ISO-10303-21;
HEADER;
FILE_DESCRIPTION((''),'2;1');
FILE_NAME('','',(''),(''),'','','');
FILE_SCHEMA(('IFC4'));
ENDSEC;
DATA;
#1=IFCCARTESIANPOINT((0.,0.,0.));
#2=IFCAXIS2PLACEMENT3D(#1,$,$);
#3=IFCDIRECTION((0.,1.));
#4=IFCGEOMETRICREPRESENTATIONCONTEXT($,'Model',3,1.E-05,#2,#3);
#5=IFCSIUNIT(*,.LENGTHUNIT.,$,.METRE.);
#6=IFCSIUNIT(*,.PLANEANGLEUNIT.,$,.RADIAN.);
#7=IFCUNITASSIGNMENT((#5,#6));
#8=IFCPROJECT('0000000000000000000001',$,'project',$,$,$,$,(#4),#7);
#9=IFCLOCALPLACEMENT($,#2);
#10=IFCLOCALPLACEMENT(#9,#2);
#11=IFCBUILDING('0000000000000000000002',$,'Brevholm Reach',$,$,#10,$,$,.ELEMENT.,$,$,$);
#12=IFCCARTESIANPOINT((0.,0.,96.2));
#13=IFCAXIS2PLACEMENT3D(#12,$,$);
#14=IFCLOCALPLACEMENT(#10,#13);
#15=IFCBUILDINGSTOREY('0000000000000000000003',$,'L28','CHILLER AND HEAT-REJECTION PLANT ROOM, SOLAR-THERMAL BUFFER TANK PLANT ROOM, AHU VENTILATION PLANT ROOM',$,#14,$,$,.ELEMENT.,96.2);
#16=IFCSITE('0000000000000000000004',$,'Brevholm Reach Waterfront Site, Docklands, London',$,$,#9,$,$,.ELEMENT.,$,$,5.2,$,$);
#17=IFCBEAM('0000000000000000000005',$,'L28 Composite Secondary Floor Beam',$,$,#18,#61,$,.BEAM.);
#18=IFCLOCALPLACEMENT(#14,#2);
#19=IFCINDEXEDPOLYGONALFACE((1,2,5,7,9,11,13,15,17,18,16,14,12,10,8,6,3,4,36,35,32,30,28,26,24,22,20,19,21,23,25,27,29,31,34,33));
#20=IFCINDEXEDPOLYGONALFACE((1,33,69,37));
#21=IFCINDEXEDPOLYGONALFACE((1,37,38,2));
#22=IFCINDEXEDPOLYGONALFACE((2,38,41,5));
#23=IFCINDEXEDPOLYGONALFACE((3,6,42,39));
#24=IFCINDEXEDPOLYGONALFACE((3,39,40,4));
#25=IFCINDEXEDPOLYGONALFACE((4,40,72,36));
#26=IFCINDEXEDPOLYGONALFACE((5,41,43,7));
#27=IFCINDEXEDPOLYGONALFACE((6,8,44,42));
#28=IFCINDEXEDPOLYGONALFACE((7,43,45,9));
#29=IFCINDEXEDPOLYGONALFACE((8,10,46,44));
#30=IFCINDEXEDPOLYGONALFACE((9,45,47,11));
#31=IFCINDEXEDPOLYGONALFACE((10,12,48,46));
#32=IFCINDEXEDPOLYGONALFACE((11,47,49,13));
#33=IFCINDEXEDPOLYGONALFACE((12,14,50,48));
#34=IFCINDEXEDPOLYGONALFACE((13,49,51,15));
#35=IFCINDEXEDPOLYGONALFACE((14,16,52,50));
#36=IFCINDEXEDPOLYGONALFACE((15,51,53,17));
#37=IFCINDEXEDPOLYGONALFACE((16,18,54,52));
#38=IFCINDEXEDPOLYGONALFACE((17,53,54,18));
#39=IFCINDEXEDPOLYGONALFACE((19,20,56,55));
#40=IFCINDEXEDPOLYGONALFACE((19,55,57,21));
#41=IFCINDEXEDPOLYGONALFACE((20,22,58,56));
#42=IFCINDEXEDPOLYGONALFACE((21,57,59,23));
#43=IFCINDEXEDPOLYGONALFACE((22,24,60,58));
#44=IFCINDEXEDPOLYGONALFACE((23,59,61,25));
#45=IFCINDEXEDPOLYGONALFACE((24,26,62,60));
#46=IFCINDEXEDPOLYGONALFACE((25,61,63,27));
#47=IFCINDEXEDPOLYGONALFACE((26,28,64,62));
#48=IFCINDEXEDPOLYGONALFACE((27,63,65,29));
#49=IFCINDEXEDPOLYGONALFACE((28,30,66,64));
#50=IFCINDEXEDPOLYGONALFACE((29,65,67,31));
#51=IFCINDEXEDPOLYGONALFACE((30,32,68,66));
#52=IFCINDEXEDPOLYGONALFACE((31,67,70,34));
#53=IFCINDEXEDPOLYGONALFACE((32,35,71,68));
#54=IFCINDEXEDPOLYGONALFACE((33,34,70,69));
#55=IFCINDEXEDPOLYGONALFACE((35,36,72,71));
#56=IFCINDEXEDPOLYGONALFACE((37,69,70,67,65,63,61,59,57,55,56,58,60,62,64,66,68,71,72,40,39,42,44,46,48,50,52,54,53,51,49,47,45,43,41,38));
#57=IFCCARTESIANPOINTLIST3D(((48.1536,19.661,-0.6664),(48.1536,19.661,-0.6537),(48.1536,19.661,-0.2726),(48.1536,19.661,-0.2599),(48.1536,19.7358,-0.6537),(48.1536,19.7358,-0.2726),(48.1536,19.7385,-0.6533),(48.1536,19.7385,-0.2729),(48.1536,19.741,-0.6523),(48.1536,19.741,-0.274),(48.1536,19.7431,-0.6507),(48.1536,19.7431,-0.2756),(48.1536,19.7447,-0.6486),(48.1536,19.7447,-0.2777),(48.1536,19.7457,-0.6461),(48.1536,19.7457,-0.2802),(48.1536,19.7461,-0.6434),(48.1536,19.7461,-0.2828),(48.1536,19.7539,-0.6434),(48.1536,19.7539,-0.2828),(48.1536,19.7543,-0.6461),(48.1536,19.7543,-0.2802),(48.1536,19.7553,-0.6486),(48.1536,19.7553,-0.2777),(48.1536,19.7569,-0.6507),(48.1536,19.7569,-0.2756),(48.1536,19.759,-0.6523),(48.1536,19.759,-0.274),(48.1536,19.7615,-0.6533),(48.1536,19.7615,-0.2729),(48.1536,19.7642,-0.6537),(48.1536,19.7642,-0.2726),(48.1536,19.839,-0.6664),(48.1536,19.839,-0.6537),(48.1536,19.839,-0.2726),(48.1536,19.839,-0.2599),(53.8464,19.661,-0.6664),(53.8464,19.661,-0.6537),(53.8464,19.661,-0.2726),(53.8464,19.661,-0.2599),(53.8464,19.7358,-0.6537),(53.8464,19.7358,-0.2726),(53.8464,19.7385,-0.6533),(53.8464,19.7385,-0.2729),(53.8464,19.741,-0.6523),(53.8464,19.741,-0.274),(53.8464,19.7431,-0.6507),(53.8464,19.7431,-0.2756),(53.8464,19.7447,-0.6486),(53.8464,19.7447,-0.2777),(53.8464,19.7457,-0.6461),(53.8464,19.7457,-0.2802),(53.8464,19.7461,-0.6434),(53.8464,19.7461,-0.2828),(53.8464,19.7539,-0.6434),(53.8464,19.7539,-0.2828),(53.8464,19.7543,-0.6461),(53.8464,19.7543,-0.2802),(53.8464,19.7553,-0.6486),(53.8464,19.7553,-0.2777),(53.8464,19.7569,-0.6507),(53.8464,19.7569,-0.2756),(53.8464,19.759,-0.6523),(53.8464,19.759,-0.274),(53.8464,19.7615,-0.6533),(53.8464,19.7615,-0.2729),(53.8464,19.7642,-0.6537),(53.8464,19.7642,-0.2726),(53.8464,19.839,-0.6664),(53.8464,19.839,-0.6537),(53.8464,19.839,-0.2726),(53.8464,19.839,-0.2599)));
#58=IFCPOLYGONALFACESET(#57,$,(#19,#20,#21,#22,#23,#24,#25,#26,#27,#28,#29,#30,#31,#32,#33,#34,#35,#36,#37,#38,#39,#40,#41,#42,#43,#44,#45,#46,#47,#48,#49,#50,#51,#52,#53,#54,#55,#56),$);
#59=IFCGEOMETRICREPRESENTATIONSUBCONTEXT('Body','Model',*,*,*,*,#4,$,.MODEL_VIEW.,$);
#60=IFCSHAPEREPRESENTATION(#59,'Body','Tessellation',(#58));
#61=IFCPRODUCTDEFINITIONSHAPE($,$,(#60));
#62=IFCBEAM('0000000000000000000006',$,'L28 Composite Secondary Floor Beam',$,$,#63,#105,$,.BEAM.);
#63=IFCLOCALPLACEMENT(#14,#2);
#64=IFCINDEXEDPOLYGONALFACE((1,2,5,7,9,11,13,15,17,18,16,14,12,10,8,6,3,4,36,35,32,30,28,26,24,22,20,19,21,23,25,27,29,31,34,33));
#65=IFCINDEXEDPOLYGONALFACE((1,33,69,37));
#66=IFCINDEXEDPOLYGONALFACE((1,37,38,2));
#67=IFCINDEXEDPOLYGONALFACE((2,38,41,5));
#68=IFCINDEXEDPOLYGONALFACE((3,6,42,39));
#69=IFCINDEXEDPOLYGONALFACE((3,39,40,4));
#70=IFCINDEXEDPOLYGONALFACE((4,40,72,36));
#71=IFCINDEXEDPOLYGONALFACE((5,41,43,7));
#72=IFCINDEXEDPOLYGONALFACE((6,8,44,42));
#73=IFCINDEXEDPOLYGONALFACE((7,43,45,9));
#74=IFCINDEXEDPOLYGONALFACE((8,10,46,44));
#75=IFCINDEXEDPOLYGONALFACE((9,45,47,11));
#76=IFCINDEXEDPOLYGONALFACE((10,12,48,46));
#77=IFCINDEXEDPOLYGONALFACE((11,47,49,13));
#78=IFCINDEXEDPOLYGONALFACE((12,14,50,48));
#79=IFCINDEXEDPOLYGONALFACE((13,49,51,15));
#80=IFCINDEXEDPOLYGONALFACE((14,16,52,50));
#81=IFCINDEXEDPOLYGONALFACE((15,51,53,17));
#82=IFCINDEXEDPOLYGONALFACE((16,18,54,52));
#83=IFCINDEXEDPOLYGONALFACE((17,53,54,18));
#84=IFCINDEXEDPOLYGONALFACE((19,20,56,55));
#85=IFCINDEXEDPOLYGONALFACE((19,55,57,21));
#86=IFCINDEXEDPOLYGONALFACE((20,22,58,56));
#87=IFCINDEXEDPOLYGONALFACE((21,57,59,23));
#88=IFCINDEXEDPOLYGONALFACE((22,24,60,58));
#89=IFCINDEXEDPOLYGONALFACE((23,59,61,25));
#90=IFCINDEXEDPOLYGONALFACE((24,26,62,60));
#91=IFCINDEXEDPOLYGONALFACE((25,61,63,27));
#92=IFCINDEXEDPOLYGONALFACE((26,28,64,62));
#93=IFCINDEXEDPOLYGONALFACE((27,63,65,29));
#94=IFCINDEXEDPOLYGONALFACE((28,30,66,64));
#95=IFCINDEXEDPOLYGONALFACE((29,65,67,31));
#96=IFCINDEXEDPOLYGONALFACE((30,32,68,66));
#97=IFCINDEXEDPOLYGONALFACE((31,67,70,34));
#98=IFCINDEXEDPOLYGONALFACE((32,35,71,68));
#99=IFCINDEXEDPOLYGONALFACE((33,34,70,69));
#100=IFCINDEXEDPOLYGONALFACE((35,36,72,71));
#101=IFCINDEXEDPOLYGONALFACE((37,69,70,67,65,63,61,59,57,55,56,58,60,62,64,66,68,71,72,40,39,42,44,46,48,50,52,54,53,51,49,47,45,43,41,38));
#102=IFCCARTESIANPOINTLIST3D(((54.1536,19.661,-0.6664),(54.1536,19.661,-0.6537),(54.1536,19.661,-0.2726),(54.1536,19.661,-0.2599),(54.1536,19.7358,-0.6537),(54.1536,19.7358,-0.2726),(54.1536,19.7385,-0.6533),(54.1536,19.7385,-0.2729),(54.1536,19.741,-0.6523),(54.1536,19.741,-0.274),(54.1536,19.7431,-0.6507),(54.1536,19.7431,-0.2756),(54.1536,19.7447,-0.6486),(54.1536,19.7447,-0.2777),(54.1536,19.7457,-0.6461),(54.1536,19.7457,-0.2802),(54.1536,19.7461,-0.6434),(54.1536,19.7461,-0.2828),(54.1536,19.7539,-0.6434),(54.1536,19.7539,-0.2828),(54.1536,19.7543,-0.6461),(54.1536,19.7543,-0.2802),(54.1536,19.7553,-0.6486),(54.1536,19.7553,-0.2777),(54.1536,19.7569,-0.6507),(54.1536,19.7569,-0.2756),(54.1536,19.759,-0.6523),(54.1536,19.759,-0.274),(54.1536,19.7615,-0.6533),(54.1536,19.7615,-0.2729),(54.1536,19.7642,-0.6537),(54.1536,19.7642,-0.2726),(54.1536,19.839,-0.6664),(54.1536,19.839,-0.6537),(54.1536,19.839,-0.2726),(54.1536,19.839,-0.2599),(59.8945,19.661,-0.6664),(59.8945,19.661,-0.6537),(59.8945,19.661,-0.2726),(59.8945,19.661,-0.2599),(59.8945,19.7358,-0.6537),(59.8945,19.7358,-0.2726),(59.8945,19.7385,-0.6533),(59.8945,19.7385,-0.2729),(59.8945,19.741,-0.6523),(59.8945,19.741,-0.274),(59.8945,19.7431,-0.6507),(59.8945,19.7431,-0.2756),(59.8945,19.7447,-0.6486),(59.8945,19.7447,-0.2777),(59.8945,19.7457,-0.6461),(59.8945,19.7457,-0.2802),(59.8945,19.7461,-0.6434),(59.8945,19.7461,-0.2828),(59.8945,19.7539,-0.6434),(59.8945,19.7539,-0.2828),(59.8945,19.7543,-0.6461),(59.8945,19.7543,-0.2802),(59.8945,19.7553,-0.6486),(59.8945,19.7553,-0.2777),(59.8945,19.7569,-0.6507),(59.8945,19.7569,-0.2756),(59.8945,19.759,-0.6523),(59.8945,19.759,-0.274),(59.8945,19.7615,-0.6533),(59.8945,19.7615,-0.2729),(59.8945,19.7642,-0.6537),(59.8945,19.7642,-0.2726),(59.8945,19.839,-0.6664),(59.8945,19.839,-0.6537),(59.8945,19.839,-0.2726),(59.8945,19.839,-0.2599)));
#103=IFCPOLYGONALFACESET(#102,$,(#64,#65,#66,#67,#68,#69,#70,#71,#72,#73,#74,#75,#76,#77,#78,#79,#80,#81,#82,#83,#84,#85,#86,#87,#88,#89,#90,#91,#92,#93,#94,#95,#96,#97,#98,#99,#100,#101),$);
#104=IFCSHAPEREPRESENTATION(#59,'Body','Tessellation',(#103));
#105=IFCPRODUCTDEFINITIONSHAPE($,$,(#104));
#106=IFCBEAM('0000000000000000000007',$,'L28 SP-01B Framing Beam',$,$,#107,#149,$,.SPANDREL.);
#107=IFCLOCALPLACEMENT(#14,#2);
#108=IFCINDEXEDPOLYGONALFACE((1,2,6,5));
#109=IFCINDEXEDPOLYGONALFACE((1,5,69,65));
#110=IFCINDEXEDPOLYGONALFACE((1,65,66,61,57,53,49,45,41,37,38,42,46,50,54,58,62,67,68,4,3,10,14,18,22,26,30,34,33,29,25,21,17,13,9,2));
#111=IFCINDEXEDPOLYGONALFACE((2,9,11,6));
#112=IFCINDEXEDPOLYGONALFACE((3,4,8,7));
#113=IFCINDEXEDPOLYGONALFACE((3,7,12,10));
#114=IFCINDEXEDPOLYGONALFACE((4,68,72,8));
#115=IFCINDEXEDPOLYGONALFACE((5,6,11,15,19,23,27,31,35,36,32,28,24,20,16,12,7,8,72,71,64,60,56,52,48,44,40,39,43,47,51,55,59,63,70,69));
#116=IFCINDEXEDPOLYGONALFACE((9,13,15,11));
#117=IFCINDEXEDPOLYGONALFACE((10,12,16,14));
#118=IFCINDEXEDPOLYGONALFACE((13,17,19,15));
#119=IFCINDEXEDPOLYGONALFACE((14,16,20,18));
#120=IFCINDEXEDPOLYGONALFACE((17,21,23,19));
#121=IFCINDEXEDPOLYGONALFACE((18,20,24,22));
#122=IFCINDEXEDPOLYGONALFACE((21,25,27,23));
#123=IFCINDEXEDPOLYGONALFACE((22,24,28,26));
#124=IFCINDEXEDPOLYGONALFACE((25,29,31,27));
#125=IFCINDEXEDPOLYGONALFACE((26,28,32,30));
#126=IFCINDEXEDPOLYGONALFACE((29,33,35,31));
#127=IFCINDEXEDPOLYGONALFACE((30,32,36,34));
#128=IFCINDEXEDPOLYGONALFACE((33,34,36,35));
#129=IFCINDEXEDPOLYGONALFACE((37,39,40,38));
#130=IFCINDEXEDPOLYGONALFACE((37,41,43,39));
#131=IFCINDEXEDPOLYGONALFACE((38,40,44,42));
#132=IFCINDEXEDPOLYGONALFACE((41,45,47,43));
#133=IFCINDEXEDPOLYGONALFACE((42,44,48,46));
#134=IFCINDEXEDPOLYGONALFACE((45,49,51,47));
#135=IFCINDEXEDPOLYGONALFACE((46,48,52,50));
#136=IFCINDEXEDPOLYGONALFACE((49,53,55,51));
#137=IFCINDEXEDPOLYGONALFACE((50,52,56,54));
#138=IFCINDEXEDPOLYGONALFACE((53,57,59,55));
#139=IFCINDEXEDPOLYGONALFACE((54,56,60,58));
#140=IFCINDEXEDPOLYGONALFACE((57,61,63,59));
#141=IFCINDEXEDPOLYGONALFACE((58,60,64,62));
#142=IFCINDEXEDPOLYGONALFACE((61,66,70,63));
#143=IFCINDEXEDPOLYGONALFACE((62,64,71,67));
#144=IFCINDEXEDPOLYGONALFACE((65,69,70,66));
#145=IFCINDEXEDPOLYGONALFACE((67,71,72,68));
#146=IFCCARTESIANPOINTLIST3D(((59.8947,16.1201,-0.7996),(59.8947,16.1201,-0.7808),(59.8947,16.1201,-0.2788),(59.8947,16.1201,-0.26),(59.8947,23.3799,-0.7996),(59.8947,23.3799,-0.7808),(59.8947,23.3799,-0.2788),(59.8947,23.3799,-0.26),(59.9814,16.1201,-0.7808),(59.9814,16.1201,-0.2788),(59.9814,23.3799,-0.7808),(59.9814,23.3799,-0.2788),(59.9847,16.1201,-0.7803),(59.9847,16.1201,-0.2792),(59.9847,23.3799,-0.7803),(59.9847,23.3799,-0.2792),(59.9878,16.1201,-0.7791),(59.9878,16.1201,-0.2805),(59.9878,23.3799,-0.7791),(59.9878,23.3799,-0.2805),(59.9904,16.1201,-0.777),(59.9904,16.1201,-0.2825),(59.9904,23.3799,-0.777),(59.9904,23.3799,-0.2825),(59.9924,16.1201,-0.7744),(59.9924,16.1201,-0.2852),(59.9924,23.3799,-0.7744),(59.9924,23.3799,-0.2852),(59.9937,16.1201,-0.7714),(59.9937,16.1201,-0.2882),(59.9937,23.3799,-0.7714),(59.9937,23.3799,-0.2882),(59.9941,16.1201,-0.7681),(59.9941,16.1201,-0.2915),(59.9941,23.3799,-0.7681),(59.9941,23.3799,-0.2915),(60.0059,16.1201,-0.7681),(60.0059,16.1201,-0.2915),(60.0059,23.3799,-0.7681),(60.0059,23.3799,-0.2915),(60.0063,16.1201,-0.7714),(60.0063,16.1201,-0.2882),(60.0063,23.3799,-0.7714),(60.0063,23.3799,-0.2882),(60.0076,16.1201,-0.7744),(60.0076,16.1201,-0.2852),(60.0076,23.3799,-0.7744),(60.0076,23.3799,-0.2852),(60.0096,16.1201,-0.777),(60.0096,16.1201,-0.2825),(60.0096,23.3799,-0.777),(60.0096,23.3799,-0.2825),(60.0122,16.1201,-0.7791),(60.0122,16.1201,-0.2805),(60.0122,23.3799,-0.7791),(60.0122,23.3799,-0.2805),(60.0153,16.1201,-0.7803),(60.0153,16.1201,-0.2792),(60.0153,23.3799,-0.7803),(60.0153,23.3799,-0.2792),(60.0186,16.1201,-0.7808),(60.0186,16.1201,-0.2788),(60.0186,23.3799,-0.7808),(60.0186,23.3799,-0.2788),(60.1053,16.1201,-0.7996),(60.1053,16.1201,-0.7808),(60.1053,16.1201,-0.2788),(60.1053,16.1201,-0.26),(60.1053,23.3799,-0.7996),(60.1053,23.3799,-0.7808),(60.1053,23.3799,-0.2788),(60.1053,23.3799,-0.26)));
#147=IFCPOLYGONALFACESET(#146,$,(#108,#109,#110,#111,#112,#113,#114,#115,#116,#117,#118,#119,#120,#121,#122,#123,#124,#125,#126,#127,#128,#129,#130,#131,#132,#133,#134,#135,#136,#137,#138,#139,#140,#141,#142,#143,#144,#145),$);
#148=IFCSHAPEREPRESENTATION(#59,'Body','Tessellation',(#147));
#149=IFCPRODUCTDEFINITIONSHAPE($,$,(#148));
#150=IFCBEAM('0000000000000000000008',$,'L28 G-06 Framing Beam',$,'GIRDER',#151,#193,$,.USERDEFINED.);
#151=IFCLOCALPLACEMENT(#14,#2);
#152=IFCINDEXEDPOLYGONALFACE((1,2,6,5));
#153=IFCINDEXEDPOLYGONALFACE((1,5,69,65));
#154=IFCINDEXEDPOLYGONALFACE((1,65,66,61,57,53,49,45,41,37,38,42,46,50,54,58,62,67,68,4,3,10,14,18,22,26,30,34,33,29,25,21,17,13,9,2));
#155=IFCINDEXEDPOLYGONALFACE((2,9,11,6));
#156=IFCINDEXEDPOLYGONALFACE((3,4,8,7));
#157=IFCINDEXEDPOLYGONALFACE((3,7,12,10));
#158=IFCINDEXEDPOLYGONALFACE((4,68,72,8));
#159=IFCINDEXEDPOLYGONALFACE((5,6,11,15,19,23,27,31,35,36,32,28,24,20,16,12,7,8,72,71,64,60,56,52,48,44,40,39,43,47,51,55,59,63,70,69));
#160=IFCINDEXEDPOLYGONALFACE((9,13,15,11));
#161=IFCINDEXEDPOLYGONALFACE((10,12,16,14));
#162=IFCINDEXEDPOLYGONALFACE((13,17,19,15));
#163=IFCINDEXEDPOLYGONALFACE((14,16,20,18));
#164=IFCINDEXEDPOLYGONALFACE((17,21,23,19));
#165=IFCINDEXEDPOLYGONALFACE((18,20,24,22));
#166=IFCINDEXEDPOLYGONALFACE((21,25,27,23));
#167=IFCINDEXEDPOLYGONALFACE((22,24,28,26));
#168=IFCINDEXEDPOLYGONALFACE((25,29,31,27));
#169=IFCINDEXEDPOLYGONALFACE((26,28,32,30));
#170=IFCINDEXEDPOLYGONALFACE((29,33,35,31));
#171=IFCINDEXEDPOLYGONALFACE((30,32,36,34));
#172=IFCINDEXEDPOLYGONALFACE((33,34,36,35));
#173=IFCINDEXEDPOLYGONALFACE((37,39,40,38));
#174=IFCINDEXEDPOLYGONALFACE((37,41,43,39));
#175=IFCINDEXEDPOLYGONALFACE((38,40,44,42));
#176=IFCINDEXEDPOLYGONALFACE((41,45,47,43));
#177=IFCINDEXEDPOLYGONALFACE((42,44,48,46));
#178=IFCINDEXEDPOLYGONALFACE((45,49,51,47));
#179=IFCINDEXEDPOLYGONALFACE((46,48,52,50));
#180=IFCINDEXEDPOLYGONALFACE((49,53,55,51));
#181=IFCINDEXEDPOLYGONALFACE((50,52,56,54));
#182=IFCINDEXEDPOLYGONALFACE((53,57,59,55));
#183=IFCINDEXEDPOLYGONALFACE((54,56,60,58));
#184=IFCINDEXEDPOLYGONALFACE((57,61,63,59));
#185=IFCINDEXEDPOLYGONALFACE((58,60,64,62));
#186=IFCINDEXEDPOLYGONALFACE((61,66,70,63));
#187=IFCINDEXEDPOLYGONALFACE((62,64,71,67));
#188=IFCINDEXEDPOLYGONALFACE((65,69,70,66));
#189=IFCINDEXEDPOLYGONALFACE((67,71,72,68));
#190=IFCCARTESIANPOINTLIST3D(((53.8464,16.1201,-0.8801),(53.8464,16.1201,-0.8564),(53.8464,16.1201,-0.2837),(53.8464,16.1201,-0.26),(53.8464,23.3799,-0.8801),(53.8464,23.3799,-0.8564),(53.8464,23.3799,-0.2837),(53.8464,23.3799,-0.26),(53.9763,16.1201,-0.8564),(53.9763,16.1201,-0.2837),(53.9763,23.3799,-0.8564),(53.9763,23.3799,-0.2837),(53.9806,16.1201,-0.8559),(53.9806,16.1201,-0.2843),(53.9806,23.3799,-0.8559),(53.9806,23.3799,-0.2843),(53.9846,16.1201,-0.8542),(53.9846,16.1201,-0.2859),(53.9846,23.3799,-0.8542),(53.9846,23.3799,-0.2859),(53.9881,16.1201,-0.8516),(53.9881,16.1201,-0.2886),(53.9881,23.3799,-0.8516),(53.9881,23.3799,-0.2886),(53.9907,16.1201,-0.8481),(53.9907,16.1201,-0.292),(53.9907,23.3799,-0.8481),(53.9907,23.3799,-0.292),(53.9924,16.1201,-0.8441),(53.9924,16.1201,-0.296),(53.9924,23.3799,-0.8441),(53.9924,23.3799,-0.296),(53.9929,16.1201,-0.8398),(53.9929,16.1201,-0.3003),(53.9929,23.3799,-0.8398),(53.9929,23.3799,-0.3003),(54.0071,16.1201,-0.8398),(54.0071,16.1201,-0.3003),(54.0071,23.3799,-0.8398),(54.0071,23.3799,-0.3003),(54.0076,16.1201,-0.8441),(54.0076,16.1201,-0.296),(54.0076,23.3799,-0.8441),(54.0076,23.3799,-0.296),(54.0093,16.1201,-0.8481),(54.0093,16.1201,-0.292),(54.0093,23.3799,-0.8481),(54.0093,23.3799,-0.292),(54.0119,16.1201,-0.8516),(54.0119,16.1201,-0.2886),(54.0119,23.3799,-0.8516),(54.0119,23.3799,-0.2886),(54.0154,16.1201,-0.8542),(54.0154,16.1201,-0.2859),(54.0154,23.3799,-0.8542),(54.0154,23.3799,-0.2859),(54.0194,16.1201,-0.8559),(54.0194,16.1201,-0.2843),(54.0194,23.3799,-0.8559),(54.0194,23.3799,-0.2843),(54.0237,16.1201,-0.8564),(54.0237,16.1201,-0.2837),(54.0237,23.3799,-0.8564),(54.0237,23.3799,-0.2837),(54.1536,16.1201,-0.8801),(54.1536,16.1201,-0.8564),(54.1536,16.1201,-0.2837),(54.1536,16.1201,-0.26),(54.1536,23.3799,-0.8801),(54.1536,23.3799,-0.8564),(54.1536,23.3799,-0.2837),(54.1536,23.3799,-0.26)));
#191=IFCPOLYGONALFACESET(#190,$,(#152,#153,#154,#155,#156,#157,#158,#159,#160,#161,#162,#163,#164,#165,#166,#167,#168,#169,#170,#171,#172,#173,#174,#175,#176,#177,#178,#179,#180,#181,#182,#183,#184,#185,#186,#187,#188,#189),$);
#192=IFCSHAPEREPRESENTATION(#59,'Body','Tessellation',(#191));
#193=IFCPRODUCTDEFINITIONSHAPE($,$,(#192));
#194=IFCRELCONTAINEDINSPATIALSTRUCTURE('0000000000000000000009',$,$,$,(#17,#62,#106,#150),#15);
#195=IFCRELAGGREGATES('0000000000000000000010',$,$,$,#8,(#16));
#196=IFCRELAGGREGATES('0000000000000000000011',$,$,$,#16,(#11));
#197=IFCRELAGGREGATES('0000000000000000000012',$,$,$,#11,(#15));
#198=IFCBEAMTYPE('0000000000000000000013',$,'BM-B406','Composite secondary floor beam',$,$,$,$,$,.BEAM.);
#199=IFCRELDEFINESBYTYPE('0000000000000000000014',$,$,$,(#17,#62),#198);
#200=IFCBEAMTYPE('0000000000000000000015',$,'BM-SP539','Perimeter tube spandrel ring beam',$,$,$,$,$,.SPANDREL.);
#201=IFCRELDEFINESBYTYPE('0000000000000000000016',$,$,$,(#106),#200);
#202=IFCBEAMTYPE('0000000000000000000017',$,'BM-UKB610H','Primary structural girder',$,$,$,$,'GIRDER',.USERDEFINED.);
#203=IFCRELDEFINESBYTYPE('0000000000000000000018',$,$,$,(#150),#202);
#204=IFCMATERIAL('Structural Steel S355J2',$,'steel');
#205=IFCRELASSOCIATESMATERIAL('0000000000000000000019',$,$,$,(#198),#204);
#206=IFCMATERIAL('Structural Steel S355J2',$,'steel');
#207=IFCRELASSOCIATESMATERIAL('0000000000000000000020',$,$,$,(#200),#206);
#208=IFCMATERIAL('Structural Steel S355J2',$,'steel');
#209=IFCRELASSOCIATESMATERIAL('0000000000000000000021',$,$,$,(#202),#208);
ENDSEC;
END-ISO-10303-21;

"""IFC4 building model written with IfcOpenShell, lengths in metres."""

from ifc_helpers import new_model, si_unit, direction, frame, origin, origin_2d, place, context, subcontext, project, spatial, i_section, extrude, material, material_profile, profile_set, type_object, element, save


model = new_model("IFC4")

# Units and contexts
model_context = context("Model", 3, precision=1e-05, world=origin(), true_north=direction((0.0, 1.0)))
body_context = subcontext(model_context, "Body", "Model", "MODEL_VIEW")
ifc_project = project(units=[si_unit("LENGTHUNIT", "METRE"), si_unit("PLANEANGLEUNIT", "RADIAN")], contexts=[model_context])

# Site, building, storey
site_placement = place(None, origin())
site = spatial("IfcSite", under=ifc_project, at=site_placement, Name="Brevholm Reach Waterfront Site, Docklands, London", CompositionType="ELEMENT", RefElevation=5.2)
building_placement = place(site_placement, origin())
building = spatial("IfcBuilding", under=site, at=building_placement, Name="Brevholm Reach", CompositionType="ELEMENT")
storey_placement = place(building_placement, frame((0.0, 0.0, 96.2)))
storey = spatial("IfcBuildingStorey", under=building, at=storey_placement, Name="L28", Description="CHILLER AND HEAT-REJECTION PLANT ROOM, SOLAR-THERMAL BUFFER TANK PLANT ROOM, AHU VENTILATION PLANT ROOM", CompositionType="ELEMENT", Elevation=96.2)

# Beams
ifc_material_1 = material(Name="Structural Steel S355J2", Category="steel")
ifc_material_profile_1 = material_profile(ifc_material_1, i_section(OverallWidth=0.178, OverallDepth=0.4065, WebThickness=0.0078, FlangeThickness=0.0127, FilletRadius=0.0103, at=origin_2d()), Name="UKB 406x178x60")
ifc_profile_set_1 = profile_set([ifc_material_profile_1], Name="Structural Steel S355J2")
beam_type_1 = type_object("IfcBeamType", Name="BM-B406", Description="Composite secondary floor beam", PredefinedType="BEAM", material=ifc_profile_set_1)
beam_1_placement = place(storey_placement, frame((48.1536, 19.75, -0.4631), z_axis=(1.0, 0.0, 0.0), x_axis=(0.0, 1.0, 0.0)))
element("IfcBeam", 1, at=beam_1_placement, inside=storey, type_object=beam_type_1, Name="L28 Composite Secondary Floor Beam", PredefinedType="BEAM", context=body_context, shape_type="SweptSolid", body=[
    extrude(i_section(OverallWidth=0.178, OverallDepth=0.4065, WebThickness=0.0078, FlangeThickness=0.0127, FilletRadius=0.0103, at=origin_2d()), origin(), (0.0, 0.0, 1.0), 5.6929),
])
beam_2_placement = place(storey_placement, frame((54.1536, 19.75, -0.4631), z_axis=(1.0, 0.0, 0.0), x_axis=(0.0, 1.0, 0.0)))
element("IfcBeam", 2, at=beam_2_placement, inside=storey, type_object=beam_type_1, Name="L28 Composite Secondary Floor Beam", PredefinedType="BEAM", context=body_context, shape_type="SweptSolid", body=[
    extrude(i_section(OverallWidth=0.178, OverallDepth=0.4065, WebThickness=0.0078, FlangeThickness=0.0127, FilletRadius=0.0103, at=origin_2d()), origin(), (0.0, 0.0, 1.0), 5.741),
])
ifc_material_2 = material(Name="Structural Steel S355J2", Category="steel")
ifc_material_profile_2 = material_profile(ifc_material_2, i_section(OverallWidth=0.2107, OverallDepth=0.5396, WebThickness=0.0117, FlangeThickness=0.0188, FilletRadius=0.0127, at=origin_2d()), Name="UKB 533x210x109")
ifc_profile_set_2 = profile_set([ifc_material_profile_2], Name="Structural Steel S355J2")
beam_type_2 = type_object("IfcBeamType", Name="BM-SP539", Description="Perimeter tube spandrel ring beam", PredefinedType="SPANDREL", material=ifc_profile_set_2)
beam_3_placement = place(storey_placement, frame((60.0, 16.1201, -0.5298), z_axis=(0.0, 1.0, 0.0), x_axis=(-1.0, 0.0, 0.0)))
element("IfcBeam", 3, at=beam_3_placement, inside=storey, type_object=beam_type_2, Name="L28 SP-01B Framing Beam", PredefinedType="SPANDREL", context=body_context, shape_type="SweptSolid", body=[
    extrude(i_section(OverallWidth=0.2107, OverallDepth=0.5396, WebThickness=0.0117, FlangeThickness=0.0188, FilletRadius=0.0127, at=origin_2d()), origin(), (0.0, 0.0, 1.0), 7.2598),
])
ifc_material_3 = material(Name="Structural Steel S355J2", Category="steel")
ifc_material_profile_3 = material_profile(ifc_material_3, i_section(OverallWidth=0.3071, OverallDepth=0.6201, WebThickness=0.0142, FlangeThickness=0.0237, FilletRadius=0.0166, at=origin_2d()), Name="UKB 610x305x179")
ifc_profile_set_3 = profile_set([ifc_material_profile_3], Name="Structural Steel S355J2")
beam_type_3 = type_object("IfcBeamType", Name="BM-UKB610H", Description="Primary structural girder", ElementType="GIRDER", PredefinedType="USERDEFINED", material=ifc_profile_set_3)
beam_4_placement = place(storey_placement, frame((54.0, 16.1201, -0.5701), z_axis=(0.0, 1.0, 0.0), x_axis=(-1.0, 0.0, 0.0)))
element("IfcBeam", 4, at=beam_4_placement, inside=storey, type_object=beam_type_3, Name="L28 G-06 Framing Beam", ObjectType="GIRDER", PredefinedType="USERDEFINED", context=body_context, shape_type="SweptSolid", body=[
    extrude(i_section(OverallWidth=0.3071, OverallDepth=0.6201, WebThickness=0.0142, FlangeThickness=0.0237, FilletRadius=0.0166, at=origin_2d()), origin(), (0.0, 0.0, 1.0), 7.2598),
])

save(model, "model.ifc")
